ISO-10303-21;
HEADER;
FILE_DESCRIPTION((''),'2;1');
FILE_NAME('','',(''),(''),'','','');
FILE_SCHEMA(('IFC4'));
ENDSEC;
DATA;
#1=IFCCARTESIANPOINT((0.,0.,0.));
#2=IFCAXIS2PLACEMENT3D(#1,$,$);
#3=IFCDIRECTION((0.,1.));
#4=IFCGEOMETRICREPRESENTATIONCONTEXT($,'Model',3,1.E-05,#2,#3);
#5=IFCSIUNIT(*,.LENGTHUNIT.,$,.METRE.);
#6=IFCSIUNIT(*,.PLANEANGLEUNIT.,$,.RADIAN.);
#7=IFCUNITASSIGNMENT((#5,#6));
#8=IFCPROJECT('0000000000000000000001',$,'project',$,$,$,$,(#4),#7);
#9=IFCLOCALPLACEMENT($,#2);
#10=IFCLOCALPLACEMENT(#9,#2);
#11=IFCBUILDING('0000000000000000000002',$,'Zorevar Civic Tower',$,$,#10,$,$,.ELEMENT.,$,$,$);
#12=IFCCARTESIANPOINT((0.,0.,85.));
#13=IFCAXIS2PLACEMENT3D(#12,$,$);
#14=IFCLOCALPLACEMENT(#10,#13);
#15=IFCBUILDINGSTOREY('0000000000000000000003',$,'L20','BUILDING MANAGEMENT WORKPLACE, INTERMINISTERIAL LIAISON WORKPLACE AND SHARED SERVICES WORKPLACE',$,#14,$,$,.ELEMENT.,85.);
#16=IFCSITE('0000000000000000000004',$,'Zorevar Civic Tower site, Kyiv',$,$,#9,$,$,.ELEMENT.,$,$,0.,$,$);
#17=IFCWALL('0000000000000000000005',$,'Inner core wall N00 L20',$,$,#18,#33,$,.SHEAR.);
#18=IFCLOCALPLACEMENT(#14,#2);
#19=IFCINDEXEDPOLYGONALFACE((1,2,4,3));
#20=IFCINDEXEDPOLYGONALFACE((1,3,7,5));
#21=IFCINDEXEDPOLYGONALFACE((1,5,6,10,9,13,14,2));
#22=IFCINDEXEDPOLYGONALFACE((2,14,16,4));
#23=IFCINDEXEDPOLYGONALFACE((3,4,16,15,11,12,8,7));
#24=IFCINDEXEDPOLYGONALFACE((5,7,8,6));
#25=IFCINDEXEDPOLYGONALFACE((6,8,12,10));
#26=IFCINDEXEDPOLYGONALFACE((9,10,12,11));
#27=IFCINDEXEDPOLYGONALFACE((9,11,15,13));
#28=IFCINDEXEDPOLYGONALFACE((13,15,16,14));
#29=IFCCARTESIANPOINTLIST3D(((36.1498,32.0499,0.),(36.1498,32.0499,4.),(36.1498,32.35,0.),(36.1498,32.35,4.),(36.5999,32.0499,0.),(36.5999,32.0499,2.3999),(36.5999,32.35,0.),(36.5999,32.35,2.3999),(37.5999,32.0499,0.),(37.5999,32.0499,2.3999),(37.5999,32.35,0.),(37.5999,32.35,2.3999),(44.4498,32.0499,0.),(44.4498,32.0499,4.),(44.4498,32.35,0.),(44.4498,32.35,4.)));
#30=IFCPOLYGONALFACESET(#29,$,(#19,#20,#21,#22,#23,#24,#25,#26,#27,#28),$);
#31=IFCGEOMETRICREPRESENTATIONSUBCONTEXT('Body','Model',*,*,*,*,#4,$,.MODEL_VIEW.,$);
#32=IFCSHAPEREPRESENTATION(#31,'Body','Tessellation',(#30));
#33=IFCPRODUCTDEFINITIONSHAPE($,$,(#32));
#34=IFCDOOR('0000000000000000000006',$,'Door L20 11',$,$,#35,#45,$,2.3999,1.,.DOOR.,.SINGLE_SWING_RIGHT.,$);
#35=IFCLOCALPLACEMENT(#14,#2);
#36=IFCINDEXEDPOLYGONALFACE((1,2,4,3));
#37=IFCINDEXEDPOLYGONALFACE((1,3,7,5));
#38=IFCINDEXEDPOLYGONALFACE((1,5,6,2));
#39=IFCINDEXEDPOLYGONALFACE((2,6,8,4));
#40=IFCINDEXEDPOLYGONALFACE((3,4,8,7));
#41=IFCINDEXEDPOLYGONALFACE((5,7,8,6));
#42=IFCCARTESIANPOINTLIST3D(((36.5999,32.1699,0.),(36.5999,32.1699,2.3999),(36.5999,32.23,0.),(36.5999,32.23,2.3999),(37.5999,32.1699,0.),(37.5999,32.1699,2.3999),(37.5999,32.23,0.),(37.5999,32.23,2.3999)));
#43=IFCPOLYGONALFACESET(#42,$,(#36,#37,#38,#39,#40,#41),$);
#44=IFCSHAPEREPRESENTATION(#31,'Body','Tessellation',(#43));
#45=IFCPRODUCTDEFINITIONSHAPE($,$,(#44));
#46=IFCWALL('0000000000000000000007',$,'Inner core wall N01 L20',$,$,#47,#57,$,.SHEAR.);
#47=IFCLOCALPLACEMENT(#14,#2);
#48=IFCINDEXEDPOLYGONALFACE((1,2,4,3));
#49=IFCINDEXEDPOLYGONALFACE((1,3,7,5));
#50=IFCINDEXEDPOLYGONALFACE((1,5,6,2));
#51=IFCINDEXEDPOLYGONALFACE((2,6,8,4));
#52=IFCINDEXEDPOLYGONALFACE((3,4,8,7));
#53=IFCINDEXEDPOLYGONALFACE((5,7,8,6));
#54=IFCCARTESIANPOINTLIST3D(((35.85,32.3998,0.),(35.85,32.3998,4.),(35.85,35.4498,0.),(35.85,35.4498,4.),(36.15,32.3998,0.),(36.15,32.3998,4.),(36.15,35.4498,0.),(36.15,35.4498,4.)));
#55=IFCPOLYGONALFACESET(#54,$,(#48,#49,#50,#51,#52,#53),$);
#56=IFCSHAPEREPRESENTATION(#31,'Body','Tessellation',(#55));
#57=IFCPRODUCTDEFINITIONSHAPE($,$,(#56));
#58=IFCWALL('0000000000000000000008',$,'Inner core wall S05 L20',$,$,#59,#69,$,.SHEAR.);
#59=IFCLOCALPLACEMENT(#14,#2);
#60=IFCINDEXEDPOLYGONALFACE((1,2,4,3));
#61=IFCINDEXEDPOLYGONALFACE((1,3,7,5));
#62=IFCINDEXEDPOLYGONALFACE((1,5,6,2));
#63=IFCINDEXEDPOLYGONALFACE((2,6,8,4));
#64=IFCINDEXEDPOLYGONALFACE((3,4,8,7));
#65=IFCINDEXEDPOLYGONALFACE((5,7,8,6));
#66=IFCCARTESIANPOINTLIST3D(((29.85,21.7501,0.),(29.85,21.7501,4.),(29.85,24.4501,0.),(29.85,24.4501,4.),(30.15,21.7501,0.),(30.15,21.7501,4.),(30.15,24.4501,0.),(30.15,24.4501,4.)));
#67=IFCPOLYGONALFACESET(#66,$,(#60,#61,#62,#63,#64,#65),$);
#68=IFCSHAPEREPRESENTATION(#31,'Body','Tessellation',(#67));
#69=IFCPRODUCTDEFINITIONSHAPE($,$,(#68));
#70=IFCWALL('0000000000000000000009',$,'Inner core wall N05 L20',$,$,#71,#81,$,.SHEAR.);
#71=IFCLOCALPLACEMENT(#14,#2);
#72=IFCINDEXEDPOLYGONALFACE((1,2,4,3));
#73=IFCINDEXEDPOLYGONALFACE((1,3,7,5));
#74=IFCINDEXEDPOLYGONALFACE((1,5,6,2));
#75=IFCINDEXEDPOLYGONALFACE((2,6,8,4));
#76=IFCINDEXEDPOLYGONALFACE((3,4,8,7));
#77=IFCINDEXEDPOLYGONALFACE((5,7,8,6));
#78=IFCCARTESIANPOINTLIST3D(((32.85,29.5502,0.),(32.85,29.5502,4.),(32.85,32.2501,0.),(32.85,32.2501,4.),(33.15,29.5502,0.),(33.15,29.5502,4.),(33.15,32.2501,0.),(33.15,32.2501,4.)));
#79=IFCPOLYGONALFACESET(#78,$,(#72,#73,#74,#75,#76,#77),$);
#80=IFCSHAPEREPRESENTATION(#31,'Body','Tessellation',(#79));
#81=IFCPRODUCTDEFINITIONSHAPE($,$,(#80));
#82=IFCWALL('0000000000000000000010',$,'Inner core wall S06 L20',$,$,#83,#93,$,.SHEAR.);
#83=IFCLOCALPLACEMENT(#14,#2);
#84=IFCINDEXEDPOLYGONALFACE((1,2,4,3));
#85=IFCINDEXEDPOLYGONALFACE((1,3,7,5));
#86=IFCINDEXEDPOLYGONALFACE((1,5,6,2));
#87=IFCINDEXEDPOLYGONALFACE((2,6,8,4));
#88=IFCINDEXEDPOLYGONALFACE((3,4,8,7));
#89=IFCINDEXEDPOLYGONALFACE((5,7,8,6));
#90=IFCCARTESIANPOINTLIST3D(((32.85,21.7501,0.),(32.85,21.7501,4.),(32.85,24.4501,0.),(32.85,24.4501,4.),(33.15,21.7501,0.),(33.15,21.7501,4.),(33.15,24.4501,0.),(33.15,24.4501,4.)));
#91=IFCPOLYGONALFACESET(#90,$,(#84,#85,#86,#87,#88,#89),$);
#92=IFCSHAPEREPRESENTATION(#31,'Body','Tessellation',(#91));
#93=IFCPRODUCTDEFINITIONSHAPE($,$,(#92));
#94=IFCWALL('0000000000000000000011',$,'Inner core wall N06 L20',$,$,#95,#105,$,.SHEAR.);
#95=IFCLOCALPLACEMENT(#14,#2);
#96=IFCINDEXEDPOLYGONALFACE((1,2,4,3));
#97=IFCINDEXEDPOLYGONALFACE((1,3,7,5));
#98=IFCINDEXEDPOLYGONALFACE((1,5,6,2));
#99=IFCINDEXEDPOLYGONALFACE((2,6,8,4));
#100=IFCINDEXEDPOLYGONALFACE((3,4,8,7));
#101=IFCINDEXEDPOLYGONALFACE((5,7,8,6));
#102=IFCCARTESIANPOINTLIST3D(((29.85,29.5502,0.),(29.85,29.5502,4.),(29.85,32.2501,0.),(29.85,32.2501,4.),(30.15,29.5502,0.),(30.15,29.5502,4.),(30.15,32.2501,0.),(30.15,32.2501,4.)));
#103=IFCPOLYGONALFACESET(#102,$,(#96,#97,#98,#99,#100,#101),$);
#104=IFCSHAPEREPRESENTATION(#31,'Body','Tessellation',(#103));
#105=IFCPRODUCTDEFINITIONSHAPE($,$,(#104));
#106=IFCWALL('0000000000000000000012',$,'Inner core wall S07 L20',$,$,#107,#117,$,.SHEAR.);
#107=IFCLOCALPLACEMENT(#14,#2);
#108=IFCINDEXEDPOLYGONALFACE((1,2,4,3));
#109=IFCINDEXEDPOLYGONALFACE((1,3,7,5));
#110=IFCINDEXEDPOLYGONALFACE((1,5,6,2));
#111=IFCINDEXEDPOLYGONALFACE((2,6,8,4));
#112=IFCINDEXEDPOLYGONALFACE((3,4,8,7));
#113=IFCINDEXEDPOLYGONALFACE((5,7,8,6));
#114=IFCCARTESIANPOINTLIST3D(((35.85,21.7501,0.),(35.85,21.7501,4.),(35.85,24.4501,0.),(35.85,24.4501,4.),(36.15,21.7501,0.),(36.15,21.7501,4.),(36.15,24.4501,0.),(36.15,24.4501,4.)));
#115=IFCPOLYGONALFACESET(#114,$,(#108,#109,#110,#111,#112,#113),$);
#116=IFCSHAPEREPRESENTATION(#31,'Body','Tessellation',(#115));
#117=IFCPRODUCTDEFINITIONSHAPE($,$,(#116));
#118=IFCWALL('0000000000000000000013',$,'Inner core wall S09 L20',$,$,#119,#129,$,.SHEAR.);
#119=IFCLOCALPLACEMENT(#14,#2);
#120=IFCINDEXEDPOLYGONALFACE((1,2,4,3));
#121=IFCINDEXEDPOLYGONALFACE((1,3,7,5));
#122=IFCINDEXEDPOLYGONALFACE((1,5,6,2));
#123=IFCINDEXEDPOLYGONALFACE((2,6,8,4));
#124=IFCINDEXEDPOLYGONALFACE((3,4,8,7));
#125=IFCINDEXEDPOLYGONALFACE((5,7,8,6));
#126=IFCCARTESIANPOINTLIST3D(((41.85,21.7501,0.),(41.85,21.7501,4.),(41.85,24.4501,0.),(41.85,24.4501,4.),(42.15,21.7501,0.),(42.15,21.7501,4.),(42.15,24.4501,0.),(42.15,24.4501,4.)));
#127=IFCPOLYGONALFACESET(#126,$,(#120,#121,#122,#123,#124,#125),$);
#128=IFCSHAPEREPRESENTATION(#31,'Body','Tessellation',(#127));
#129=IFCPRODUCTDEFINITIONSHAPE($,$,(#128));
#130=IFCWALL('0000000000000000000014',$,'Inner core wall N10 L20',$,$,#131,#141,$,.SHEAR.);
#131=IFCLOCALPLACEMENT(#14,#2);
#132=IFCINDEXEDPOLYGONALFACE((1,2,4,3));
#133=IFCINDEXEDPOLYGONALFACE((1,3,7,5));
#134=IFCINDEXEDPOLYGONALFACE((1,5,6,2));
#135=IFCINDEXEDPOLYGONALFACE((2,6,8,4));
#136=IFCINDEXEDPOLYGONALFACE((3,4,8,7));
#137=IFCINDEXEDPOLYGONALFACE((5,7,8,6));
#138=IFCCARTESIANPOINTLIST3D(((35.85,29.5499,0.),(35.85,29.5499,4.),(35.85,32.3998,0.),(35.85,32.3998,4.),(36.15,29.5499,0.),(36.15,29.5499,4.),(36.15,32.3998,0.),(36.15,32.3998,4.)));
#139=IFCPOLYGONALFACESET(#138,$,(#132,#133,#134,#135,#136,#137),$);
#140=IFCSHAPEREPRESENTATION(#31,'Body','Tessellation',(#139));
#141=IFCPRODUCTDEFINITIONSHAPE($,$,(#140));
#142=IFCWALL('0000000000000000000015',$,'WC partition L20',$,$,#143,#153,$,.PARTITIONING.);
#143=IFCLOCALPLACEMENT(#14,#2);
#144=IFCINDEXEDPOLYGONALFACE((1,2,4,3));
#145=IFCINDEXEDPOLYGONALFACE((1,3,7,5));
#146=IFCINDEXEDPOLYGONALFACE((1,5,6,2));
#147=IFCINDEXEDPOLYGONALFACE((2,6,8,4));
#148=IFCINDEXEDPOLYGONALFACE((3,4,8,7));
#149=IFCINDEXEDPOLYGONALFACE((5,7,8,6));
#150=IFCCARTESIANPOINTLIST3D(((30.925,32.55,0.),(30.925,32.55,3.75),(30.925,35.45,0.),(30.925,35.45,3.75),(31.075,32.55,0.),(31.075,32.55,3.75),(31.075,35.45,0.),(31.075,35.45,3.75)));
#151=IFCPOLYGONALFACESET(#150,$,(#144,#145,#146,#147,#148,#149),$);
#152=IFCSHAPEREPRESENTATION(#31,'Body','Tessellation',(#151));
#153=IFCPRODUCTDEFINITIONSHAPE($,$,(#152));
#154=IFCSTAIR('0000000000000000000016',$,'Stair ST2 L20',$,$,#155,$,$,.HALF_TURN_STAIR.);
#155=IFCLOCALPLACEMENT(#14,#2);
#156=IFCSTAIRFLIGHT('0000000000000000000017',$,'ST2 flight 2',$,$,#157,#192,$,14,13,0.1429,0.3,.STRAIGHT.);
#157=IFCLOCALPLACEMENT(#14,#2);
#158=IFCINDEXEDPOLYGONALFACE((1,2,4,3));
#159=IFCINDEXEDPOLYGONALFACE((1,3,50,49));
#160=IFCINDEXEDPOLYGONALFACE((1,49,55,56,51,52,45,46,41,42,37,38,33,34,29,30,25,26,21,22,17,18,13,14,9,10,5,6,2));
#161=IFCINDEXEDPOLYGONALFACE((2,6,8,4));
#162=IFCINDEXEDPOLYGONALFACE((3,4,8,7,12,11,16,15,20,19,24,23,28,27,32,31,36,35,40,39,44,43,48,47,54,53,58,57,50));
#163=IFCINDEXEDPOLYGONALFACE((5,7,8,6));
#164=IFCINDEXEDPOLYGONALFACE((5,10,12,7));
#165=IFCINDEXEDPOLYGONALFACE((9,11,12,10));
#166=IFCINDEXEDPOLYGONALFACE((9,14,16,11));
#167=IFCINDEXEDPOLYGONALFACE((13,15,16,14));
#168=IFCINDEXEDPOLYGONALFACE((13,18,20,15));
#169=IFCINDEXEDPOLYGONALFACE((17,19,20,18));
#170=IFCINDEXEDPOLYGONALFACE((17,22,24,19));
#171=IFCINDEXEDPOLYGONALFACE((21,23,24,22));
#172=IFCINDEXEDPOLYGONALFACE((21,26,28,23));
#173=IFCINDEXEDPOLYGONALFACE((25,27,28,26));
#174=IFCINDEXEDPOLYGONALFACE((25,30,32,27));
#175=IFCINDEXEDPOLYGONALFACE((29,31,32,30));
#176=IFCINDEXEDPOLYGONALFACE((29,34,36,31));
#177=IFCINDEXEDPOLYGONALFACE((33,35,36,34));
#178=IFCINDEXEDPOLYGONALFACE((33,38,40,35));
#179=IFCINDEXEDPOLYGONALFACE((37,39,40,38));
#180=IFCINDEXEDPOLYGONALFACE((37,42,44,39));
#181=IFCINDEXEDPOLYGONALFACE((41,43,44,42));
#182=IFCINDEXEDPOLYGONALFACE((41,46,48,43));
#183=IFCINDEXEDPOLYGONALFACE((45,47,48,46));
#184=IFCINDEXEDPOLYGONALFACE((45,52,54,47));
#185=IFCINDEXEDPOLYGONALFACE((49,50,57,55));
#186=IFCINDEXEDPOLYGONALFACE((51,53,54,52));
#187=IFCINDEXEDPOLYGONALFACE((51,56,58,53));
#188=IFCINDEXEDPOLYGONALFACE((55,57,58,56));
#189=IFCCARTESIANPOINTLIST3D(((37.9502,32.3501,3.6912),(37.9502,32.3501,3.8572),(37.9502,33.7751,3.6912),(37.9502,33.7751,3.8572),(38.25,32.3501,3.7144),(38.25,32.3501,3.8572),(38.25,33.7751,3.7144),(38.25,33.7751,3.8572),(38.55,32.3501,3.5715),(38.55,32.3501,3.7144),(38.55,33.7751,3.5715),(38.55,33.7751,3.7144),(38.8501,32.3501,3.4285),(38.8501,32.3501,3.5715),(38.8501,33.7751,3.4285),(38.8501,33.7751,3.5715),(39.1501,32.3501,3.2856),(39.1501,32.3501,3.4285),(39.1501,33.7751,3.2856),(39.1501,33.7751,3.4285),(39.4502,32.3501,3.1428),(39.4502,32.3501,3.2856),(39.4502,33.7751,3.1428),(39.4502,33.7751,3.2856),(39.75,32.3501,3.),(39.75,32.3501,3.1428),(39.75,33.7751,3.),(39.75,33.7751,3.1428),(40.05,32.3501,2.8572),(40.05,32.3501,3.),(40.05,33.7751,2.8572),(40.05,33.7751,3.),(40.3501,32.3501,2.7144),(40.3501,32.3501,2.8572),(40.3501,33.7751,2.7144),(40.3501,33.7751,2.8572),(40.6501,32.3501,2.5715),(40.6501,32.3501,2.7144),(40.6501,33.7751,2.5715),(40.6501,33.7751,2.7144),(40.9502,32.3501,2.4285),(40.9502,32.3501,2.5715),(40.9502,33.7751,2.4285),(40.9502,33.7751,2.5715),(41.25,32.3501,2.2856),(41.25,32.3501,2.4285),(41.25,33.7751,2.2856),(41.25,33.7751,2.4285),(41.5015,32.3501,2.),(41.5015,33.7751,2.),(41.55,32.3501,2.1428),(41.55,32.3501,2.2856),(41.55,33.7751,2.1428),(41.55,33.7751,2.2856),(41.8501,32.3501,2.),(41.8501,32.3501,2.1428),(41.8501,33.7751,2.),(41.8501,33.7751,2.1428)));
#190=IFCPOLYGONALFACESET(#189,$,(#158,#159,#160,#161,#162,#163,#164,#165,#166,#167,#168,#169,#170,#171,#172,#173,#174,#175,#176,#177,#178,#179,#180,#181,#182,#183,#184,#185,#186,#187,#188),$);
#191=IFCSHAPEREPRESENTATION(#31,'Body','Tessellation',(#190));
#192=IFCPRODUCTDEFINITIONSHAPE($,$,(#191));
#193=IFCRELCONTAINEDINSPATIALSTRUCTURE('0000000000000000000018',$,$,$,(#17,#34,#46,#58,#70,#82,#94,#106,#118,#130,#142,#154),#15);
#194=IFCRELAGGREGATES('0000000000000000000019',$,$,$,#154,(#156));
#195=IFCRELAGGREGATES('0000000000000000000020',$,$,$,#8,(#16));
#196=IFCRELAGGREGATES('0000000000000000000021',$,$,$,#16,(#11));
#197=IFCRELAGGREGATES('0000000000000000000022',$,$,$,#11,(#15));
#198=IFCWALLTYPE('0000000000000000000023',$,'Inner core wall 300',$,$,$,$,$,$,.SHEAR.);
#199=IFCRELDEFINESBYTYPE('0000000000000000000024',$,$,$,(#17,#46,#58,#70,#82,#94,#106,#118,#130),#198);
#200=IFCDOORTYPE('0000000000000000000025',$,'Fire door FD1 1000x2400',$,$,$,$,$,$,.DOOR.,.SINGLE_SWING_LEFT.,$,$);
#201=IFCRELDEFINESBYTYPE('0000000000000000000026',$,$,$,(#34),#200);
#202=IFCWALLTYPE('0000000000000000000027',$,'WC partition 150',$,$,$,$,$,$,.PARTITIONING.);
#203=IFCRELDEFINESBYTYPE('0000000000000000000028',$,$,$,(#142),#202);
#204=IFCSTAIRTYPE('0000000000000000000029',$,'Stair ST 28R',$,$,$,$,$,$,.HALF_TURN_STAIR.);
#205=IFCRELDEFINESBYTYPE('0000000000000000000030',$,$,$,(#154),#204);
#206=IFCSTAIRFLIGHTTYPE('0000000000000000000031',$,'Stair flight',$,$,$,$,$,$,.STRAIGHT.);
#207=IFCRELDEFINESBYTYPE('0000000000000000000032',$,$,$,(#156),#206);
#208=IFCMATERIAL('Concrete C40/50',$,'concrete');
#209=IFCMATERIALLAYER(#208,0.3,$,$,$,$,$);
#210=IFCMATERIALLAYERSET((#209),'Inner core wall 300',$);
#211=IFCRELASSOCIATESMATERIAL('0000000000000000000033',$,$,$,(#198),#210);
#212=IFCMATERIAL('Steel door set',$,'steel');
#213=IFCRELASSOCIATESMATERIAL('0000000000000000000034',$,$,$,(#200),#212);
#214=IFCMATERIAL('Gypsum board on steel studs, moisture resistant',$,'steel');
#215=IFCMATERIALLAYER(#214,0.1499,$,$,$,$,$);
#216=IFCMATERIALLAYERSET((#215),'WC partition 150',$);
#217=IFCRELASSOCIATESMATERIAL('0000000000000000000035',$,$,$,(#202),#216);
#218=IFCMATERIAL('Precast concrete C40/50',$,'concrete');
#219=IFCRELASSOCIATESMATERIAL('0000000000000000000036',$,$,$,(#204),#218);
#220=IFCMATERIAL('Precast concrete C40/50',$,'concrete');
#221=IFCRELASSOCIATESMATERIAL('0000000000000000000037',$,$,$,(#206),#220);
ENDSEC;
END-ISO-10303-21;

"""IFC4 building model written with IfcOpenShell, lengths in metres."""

from ifc_helpers import new_model, si_unit, direction, frame, frame_2d, origin, place, context, subcontext, project, spatial, polyline, rectangle, outline, extrude, material, layer, layer_set, type_object, element, fill, aggregate, save


model = new_model("IFC4")

# Units and contexts
model_context = context("Model", 3, precision=1e-05, world=origin(), true_north=direction((0.0, 1.0)))
body_context = subcontext(model_context, "Body", "Model", "MODEL_VIEW")
ifc_project = project(units=[si_unit("LENGTHUNIT", "METRE"), si_unit("PLANEANGLEUNIT", "RADIAN")], contexts=[model_context])

# Site, building, storey
site_placement = place(None, origin())
site = spatial("IfcSite", under=ifc_project, at=site_placement, Name="Zorevar Civic Tower site, Kyiv", CompositionType="ELEMENT", RefElevation=0.0)
building_placement = place(site_placement, origin())
building = spatial("IfcBuilding", under=site, at=building_placement, Name="Zorevar Civic Tower", CompositionType="ELEMENT")
storey_placement = place(building_placement, frame((0.0, 0.0, 85.0)))
storey = spatial("IfcBuildingStorey", under=building, at=storey_placement, Name="L20", Description="BUILDING MANAGEMENT WORKPLACE, INTERMINISTERIAL LIAISON WORKPLACE AND SHARED SERVICES WORKPLACE", CompositionType="ELEMENT", Elevation=85.0)

# Wall, opening, door
ifc_material_1 = material(Name="Concrete C40/50", Category="concrete")
ifc_layer_1 = layer(ifc_material_1, 0.3)
ifc_layer_set_1 = layer_set([ifc_layer_1], Name="Inner core wall 300")
wall_type_1 = type_object("IfcWallType", Name="Inner core wall 300", PredefinedType="SHEAR", material=ifc_layer_set_1)
wall_1_placement = place(storey_placement, frame((36.1499, 32.2, 0.0), z_axis=(0.0, 0.0, 1.0), x_axis=(1.0, 0.0, 0.0)))
wall_1 = element("IfcWall", 1, at=wall_1_placement, inside=storey, type_object=wall_type_1, Name="Inner core wall N00 L20", PredefinedType="SHEAR", context=body_context, shape_type="SweptSolid", body=[
    extrude(rectangle(XDim=8.3, YDim=0.3, at=frame_2d((4.1499, 0.0))), origin(), (0.0, 0.0, 1.0), 4.0),
])
opening_1_placement = place(wall_1_placement, frame((0.45, 0.0, 0.0)))
opening_1 = element("IfcOpeningElement", 2, at=opening_1_placement, cuts=wall_1, PredefinedType="OPENING", context=body_context, shape_type="SweptSolid", body=[
    extrude(rectangle(XDim=1.0, YDim=2.3999, at=frame_2d((0.5, 1.2))), frame((0.0, 0.1599, 0.0), z_axis=(0.0, -1.0, 0.0), x_axis=(1.0, 0.0, 0.0)), (0.0, 0.0, 1.0), 0.3201),
])
ifc_material_2 = material(Name="Steel door set", Category="steel")
door_type_1 = type_object("IfcDoorType", Name="Fire door FD1 1000x2400", OperationType="SINGLE_SWING_LEFT", PredefinedType="DOOR", material=ifc_material_2)
door_1_placement = place(opening_1_placement, origin())
door_1 = element("IfcDoor", 3, at=door_1_placement, inside=storey, type_object=door_type_1, Name="Door L20 11", OperationType="SINGLE_SWING_RIGHT", OverallHeight=2.3999, OverallWidth=1.0, PredefinedType="DOOR", context=body_context, shape_type="SweptSolid", body=[
    extrude(rectangle(XDim=1.0, YDim=2.3999, at=frame_2d((0.5, 1.2))), frame((0.0, 0.03, 0.0), z_axis=(0.0, -1.0, 0.0), x_axis=(1.0, 0.0, 0.0)), (0.0, 0.0, 1.0), 0.0601),
])
fill(opening_1, door_1)

# Wall
wall_2_placement = place(storey_placement, frame((36.0, 32.3999, 0.0), z_axis=(0.0, 0.0, 1.0), x_axis=(0.0, 1.0, 0.0)))
element("IfcWall", 4, at=wall_2_placement, inside=storey, type_object=wall_type_1, Name="Inner core wall N01 L20", PredefinedType="SHEAR", context=body_context, shape_type="SweptSolid", body=[
    extrude(rectangle(XDim=3.05, YDim=0.3, at=frame_2d((1.5249, 0.0))), origin(), (0.0, 0.0, 1.0), 4.0),
])

# Walls
for number, where, z_axis, x_axis, name in (
    (5, (30.0, 21.75, 0.0), (0.0, 0.0, 1.0), (0.0, 1.0, 0.0), "Inner core wall S05 L20"),
    (6, (33.0, 29.55, 0.0), (0.0, 0.0, 1.0), (0.0, 1.0, 0.0), "Inner core wall N05 L20"),
    (7, (33.0, 21.75, 0.0), (0.0, 0.0, 1.0), (0.0, 1.0, 0.0), "Inner core wall S06 L20"),
    (8, (30.0, 29.55, 0.0), (0.0, 0.0, 1.0), (0.0, 1.0, 0.0), "Inner core wall N06 L20"),
    (9, (36.0, 21.75, 0.0), (0.0, 0.0, 1.0), (0.0, 1.0, 0.0), "Inner core wall S07 L20"),
    (10, (42.0, 21.75, 0.0), (0.0, 0.0, 1.0), (0.0, 1.0, 0.0), "Inner core wall S09 L20"),
):
    element("IfcWall", number, at=place(storey_placement, frame(where, z_axis=z_axis, x_axis=x_axis)), inside=storey, type_object=wall_type_1, Name=name, PredefinedType="SHEAR", context=body_context, shape_type="SweptSolid", body=[
        extrude(rectangle(XDim=2.7, YDim=0.3, at=frame_2d((1.3501, 0.0))), origin(), (0.0, 0.0, 1.0), 4.0),
    ])
wall_3_placement = place(storey_placement, frame((36.0, 29.55, 0.0), z_axis=(0.0, 0.0, 1.0), x_axis=(0.0, 1.0, 0.0)))
element("IfcWall", 11, at=wall_3_placement, inside=storey, type_object=wall_type_1, Name="Inner core wall N10 L20", PredefinedType="SHEAR", context=body_context, shape_type="SweptSolid", body=[
    extrude(rectangle(XDim=2.8499, YDim=0.3, at=frame_2d((1.4248, 0.0))), origin(), (0.0, 0.0, 1.0), 4.0),
])
ifc_material_3 = material(Name="Gypsum board on steel studs, moisture resistant", Category="steel")
ifc_layer_2 = layer(ifc_material_3, 0.1499)
ifc_layer_set_2 = layer_set([ifc_layer_2], Name="WC partition 150")
wall_type_2 = type_object("IfcWallType", Name="WC partition 150", PredefinedType="PARTITIONING", material=ifc_layer_set_2)
wall_4_placement = place(storey_placement, frame((31.0, 32.55, 0.0), z_axis=(0.0, 0.0, 1.0), x_axis=(0.0, 1.0, 0.0)))
element("IfcWall", 12, at=wall_4_placement, inside=storey, type_object=wall_type_2, Name="WC partition L20", PredefinedType="PARTITIONING", context=body_context, shape_type="SweptSolid", body=[
    extrude(rectangle(XDim=2.8999, YDim=0.1499, at=frame_2d((1.45, 0.0))), origin(), (0.0, 0.0, 1.0), 3.75),
])

# Stair, stair flight
ifc_material_4 = material(Name="Precast concrete C40/50", Category="concrete")
stair_type = type_object("IfcStairType", Name="Stair ST 28R", PredefinedType="HALF_TURN_STAIR", material=ifc_material_4)
stair_placement = place(storey_placement, origin())
stair = element("IfcStair", 13, at=stair_placement, inside=storey, type_object=stair_type, Name="Stair ST2 L20", PredefinedType="HALF_TURN_STAIR")
ifc_material_5 = material(Name="Precast concrete C40/50", Category="concrete")
stair_flight_type = type_object("IfcStairFlightType", Name="Stair flight", PredefinedType="STRAIGHT", material=ifc_material_5)
stair_flight_placement = place(storey_placement, frame((41.8501, 33.0625, 2.0), z_axis=(0.0, 0.0, 1.0), x_axis=(-1.0, 0.0, 0.0)))
stair_flight = element("IfcStairFlight", 14, at=stair_flight_placement, type_object=stair_flight_type, Name="ST2 flight 2", NumberOfRisers=14, NumberOfTreads=13, PredefinedType="STRAIGHT", RiserHeight=0.1429, TreadLength=0.3, context=body_context, shape_type="SweptSolid", body=[
    extrude(outline(polyline([(0.0, 0.0), (0.0, 0.1428), (0.3, 0.1428), (0.3, 0.2856), (0.6001, 0.2856), (0.6001, 0.4285), (0.8999, 0.4285), (0.8999, 0.5715), (1.2, 0.5715), (1.2, 0.7144), (1.5, 0.7144), (1.5, 0.8572), (1.8, 0.8572), (1.8, 1.0), (2.1001, 1.0), (2.1001, 1.1428), (2.3999, 1.1428), (2.3999, 1.2856), (2.7, 1.2856), (2.7, 1.4285), (3.0, 1.4285), (3.0, 1.5715), (3.3, 1.5715), (3.3, 1.7144), (3.6001, 1.7144), (3.6001, 1.8572), (3.8999, 1.8572), (3.8999, 2.0), (3.8999, 1.6912), (0.3486, 0.0), (0.0, 0.0)])), frame((0.0, 0.7124, 0.0), z_axis=(0.0, -1.0, 0.0), x_axis=(1.0, 0.0, 0.0)), (0.0, 0.0, 1.0), 1.425),
])
aggregate(stair, [stair_flight])

save(model, "model.ifc")
